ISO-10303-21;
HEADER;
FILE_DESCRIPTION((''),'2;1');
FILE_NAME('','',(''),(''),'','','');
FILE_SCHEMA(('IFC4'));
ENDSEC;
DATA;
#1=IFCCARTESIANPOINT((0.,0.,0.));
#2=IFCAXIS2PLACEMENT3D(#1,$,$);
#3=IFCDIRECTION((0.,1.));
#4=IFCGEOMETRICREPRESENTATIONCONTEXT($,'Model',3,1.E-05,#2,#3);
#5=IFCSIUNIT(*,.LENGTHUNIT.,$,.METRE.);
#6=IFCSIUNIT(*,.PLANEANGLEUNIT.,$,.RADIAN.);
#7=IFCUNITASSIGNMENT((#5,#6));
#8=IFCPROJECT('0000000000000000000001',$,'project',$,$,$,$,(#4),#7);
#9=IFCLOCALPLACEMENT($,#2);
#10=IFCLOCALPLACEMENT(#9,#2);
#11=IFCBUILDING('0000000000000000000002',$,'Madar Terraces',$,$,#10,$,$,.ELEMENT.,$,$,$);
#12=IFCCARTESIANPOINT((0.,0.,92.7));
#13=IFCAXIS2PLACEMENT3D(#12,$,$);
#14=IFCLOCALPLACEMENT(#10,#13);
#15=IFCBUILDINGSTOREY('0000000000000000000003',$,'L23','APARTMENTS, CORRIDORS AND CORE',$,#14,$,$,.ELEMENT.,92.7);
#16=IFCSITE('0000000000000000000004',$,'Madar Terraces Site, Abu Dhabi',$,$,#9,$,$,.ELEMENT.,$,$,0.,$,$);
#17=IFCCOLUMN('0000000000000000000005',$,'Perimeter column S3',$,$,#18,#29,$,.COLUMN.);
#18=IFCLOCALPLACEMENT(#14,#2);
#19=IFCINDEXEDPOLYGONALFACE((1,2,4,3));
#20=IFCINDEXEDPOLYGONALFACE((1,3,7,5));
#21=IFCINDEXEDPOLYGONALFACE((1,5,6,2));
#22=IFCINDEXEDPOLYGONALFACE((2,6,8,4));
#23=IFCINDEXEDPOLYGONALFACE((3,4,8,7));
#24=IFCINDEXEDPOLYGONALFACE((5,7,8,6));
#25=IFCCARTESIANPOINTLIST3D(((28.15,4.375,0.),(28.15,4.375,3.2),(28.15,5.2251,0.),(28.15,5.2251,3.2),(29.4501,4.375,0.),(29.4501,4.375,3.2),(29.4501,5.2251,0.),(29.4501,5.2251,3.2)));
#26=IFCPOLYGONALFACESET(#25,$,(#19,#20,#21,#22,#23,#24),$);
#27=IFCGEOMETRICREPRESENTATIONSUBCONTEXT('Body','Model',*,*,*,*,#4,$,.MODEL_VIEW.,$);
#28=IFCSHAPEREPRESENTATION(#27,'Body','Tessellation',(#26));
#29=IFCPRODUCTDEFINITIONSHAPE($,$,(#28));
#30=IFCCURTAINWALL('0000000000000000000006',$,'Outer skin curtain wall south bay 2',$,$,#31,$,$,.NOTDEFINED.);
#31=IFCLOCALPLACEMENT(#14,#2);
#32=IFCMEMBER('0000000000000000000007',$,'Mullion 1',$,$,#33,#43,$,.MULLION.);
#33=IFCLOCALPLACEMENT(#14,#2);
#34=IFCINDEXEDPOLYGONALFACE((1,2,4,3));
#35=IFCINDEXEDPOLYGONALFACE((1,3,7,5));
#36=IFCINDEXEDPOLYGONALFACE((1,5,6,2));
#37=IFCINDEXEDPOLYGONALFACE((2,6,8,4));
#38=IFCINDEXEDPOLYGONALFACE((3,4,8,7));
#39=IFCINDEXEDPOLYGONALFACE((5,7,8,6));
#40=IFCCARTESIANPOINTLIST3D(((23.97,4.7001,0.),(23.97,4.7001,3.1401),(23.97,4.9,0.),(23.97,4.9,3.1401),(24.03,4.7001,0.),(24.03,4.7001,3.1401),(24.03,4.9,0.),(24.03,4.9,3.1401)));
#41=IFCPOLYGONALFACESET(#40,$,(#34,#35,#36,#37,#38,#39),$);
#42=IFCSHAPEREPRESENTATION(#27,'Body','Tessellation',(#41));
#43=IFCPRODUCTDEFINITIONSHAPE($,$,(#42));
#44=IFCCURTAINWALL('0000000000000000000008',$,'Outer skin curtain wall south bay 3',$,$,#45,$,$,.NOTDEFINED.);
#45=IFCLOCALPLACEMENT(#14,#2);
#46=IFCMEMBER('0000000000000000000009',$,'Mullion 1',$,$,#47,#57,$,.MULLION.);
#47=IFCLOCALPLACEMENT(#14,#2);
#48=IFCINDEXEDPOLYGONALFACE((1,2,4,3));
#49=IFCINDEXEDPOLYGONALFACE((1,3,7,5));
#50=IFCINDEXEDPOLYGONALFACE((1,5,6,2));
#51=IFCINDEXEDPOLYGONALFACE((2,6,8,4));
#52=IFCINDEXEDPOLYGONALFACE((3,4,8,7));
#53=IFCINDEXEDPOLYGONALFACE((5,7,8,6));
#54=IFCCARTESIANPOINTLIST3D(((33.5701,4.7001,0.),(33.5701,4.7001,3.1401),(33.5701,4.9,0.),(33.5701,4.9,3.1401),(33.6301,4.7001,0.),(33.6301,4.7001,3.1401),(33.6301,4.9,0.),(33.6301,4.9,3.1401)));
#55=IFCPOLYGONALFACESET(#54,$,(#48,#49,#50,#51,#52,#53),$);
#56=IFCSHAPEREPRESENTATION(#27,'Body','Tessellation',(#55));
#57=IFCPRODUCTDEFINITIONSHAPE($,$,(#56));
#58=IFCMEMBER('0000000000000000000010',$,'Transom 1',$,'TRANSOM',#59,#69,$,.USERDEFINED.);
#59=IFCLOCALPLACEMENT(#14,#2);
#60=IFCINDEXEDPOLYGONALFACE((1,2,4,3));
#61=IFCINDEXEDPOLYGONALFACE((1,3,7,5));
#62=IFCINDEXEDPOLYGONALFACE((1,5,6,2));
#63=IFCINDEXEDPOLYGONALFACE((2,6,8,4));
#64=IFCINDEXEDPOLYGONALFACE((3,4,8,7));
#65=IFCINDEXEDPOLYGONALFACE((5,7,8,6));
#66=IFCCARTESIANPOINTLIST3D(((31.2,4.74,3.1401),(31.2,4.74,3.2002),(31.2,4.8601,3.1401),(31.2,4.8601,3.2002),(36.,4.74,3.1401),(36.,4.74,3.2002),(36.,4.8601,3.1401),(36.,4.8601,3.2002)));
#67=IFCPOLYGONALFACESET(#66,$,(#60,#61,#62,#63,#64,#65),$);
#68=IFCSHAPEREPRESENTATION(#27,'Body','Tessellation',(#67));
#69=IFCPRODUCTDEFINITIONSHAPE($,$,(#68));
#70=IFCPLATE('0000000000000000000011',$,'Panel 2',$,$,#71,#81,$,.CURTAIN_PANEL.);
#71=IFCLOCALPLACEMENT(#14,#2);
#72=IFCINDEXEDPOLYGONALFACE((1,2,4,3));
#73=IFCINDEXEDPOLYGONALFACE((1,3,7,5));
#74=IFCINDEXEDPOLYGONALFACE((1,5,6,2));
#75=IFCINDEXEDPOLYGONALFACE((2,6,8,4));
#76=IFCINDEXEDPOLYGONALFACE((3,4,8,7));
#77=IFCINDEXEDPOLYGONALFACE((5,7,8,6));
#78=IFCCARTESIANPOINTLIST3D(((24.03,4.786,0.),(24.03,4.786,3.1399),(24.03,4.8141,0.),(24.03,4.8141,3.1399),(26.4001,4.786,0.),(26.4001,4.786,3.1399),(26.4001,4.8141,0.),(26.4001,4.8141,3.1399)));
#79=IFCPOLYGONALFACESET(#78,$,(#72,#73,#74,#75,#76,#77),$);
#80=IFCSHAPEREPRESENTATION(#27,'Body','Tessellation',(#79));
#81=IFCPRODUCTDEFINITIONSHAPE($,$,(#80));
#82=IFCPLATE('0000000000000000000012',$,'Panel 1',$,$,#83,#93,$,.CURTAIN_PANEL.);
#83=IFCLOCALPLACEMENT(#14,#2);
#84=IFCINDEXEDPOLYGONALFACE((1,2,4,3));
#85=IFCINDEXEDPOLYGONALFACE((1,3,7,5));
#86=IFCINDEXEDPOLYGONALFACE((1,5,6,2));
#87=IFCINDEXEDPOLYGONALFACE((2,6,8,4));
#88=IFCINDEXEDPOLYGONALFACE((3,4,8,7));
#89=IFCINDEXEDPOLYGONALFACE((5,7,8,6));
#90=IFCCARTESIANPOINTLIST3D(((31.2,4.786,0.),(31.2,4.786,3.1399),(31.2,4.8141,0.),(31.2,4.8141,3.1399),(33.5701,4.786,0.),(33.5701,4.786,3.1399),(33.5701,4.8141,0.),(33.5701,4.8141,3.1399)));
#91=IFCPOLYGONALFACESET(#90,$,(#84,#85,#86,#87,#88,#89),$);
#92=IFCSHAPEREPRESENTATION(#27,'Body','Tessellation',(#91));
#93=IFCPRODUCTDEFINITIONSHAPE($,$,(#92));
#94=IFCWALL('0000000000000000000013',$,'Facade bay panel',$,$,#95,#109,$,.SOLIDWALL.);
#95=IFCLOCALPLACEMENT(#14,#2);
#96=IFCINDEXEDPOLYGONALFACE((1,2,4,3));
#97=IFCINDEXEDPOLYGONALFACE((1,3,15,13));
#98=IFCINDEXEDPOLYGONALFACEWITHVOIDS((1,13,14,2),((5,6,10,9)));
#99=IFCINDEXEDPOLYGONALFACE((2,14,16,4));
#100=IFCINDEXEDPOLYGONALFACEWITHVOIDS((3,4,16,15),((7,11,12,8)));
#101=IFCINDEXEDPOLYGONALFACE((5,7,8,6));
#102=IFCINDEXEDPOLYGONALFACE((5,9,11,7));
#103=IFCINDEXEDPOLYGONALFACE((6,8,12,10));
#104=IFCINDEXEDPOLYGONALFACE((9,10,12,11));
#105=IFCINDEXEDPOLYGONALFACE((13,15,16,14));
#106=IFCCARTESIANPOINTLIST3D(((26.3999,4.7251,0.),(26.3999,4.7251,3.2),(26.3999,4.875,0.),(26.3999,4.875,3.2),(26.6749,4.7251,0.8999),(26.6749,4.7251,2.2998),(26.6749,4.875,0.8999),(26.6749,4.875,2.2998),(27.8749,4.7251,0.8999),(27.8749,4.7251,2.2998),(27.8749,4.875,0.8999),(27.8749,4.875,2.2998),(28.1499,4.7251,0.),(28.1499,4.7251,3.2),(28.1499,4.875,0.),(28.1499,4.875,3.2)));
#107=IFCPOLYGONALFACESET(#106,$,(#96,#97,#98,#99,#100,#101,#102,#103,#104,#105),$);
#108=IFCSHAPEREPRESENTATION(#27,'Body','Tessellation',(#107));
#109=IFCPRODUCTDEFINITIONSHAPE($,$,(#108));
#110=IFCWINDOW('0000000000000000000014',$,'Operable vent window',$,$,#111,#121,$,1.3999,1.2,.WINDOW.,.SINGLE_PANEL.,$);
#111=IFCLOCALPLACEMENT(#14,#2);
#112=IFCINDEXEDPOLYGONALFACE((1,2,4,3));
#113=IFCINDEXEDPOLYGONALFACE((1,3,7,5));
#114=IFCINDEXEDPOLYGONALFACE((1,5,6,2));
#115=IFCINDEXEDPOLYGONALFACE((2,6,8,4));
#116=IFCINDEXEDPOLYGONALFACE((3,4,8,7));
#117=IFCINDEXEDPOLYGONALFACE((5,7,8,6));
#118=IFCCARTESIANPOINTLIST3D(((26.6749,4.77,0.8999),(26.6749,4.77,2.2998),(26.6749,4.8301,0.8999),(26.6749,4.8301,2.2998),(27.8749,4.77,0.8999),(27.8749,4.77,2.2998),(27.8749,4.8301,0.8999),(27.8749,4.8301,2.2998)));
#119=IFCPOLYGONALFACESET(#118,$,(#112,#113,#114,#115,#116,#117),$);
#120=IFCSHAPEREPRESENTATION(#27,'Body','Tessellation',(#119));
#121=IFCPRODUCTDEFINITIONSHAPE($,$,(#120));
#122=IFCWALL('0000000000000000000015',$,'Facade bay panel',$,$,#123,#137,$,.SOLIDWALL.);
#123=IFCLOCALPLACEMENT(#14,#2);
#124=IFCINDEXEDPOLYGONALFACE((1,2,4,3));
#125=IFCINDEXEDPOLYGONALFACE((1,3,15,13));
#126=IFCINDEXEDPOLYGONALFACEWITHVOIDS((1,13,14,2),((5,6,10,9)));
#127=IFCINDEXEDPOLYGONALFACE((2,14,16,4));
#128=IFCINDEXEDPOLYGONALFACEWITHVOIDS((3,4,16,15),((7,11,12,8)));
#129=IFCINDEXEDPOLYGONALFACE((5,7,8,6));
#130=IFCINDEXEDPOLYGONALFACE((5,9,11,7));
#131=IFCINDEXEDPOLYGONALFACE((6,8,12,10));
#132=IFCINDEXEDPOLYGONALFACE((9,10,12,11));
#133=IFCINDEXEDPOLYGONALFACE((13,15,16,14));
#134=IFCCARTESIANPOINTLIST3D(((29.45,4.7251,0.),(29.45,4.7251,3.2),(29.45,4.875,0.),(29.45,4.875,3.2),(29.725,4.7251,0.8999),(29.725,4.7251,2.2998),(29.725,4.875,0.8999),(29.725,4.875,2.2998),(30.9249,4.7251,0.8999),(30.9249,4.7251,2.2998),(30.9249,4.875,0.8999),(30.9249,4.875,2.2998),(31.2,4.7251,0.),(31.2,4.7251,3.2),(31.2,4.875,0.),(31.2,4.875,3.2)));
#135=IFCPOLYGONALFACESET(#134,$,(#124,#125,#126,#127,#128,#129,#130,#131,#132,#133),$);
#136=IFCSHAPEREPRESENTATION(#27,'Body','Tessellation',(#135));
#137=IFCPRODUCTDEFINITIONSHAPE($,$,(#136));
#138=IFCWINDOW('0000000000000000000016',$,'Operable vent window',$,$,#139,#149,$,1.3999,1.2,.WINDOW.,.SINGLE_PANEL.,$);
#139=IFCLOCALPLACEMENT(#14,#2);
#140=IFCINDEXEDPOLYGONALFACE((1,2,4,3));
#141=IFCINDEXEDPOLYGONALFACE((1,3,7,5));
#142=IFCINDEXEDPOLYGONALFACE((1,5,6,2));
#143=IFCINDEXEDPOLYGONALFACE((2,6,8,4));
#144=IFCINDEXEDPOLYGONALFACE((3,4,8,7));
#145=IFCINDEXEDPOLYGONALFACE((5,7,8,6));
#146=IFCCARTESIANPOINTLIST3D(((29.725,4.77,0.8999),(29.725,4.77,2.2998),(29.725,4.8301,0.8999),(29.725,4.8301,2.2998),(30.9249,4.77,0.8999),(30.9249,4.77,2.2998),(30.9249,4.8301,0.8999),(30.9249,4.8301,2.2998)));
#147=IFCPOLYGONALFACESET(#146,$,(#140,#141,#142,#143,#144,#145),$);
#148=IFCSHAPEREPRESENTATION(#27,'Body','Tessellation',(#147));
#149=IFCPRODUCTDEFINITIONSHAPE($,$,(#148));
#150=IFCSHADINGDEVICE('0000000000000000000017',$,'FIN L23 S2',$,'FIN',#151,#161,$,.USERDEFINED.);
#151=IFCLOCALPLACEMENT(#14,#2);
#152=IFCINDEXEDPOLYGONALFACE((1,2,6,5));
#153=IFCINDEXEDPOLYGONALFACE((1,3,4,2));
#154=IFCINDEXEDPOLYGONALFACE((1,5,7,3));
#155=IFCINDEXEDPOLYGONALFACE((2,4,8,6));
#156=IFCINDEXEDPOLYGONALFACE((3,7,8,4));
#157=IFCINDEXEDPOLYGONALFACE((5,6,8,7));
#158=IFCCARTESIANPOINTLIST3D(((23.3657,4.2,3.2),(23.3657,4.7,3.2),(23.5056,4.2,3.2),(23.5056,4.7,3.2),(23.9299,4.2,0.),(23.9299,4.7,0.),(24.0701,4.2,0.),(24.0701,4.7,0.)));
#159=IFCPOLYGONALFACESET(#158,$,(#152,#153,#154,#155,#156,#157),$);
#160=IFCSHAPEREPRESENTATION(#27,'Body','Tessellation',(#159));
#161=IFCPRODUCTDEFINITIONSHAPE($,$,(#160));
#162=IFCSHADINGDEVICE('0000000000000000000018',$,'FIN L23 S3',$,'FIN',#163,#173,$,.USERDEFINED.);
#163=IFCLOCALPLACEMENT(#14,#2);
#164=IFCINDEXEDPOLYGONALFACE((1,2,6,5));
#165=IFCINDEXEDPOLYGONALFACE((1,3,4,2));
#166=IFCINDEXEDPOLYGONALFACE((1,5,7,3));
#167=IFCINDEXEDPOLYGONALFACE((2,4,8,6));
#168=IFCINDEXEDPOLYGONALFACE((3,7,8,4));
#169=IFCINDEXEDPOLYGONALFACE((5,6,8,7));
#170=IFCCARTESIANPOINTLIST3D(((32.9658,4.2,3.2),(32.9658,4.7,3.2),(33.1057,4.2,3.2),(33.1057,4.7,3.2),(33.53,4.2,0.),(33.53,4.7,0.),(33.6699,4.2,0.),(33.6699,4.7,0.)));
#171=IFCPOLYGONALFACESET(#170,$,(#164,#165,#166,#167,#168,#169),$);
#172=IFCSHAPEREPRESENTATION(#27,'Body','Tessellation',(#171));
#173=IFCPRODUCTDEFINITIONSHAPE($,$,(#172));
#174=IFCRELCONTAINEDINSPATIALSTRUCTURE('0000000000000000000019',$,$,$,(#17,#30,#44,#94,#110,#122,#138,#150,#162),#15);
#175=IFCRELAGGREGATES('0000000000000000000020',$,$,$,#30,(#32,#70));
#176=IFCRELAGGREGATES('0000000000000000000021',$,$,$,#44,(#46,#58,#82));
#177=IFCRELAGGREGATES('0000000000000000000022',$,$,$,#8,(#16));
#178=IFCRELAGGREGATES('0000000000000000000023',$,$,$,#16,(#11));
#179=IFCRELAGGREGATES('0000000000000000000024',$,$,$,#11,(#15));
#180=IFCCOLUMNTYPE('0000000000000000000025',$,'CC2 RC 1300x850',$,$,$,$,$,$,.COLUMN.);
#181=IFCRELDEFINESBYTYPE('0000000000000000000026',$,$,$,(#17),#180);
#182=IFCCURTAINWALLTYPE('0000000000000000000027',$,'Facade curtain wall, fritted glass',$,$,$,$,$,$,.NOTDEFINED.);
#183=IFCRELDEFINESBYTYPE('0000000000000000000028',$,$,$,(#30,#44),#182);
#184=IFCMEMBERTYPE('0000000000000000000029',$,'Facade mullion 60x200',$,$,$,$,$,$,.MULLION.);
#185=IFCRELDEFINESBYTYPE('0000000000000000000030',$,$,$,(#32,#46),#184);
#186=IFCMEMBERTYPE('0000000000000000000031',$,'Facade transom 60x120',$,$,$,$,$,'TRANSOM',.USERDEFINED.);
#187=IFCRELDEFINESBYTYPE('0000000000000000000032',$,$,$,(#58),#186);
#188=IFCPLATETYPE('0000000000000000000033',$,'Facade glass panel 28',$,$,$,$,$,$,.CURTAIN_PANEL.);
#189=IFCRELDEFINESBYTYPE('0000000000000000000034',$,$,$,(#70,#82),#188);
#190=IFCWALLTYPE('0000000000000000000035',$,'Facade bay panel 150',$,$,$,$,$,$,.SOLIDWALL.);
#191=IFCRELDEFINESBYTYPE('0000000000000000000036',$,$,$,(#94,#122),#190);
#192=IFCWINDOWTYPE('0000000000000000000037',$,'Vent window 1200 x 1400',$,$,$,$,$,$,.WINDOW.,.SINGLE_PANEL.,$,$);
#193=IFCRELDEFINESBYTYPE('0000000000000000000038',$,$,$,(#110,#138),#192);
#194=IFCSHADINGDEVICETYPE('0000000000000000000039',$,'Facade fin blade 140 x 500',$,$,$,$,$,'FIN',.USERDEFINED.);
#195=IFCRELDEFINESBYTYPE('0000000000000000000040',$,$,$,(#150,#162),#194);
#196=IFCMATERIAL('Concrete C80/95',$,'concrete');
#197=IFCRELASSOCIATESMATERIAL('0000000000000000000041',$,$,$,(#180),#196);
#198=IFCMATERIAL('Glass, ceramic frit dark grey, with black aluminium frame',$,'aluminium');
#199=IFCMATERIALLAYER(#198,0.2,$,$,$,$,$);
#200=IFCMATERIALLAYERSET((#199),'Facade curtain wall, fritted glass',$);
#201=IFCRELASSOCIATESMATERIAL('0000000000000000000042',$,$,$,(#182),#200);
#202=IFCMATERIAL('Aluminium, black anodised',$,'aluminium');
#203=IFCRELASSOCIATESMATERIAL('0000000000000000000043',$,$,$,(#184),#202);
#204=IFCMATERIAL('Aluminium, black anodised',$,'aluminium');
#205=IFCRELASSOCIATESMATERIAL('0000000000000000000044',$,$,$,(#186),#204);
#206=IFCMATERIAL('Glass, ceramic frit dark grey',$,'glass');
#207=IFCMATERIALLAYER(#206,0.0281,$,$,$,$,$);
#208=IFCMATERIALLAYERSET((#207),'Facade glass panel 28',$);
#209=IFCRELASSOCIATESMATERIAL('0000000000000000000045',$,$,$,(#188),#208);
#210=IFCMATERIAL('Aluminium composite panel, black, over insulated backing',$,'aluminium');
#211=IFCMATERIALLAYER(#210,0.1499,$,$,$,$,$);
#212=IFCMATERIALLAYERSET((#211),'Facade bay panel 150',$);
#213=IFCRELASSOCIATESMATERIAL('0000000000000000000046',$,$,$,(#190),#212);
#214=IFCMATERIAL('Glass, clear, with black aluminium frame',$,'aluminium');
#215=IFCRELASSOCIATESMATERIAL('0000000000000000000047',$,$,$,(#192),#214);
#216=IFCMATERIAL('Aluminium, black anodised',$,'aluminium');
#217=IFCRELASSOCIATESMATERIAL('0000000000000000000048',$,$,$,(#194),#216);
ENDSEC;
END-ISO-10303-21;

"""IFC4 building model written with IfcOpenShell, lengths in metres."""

from ifc_helpers import new_model, si_unit, direction, frame, frame_2d, origin, origin_2d, place, context, subcontext, project, spatial, polyline, rectangle, outline, extrude, material, layer, layer_set, material_profile, profile_set, type_object, element, fill, aggregate, save


model = new_model("IFC4")

# Units and contexts
model_context = context("Model", 3, precision=1e-05, world=origin(), true_north=direction((0.0, 1.0)))
body_context = subcontext(model_context, "Body", "Model", "MODEL_VIEW")
ifc_project = project(units=[si_unit("LENGTHUNIT", "METRE"), si_unit("PLANEANGLEUNIT", "RADIAN")], contexts=[model_context])

# Site, building, storey
site_placement = place(None, origin())
site = spatial("IfcSite", under=ifc_project, at=site_placement, Name="Madar Terraces Site, Abu Dhabi", CompositionType="ELEMENT", RefElevation=0.0)
building_placement = place(site_placement, origin())
building = spatial("IfcBuilding", under=site, at=building_placement, Name="Madar Terraces", CompositionType="ELEMENT")
storey_placement = place(building_placement, frame((0.0, 0.0, 92.7)))
storey = spatial("IfcBuildingStorey", under=building, at=storey_placement, Name="L23", Description="APARTMENTS, CORRIDORS AND CORE", CompositionType="ELEMENT", Elevation=92.7)

# Column
ifc_material_1 = material(Name="Concrete C80/95", Category="concrete")
ifc_material_profile_1 = material_profile(ifc_material_1, rectangle(XDim=1.3, YDim=0.8501, at=origin_2d()), Name="CC2 RC 1300x850")
ifc_profile_set_1 = profile_set([ifc_material_profile_1], Name="Concrete C80/95")
column_type = type_object("IfcColumnType", Name="CC2 RC 1300x850", PredefinedType="COLUMN", material=ifc_profile_set_1)
column_placement = place(storey_placement, frame((28.8, 4.8, 0.0), z_axis=(0.0, 0.0, 1.0), x_axis=(1.0, 0.0, 0.0)))
element("IfcColumn", 1, at=column_placement, inside=storey, type_object=column_type, Name="Perimeter column S3", PredefinedType="COLUMN", context=body_context, shape_type="SweptSolid", body=[
    extrude(rectangle(XDim=1.3, YDim=0.8501, at=origin_2d()), origin(), (0.0, 0.0, 1.0), 3.2),
])

# Curtain wall, member
ifc_material_2 = material(Name="Glass, ceramic frit dark grey, with black aluminium frame", Category="aluminium")
ifc_layer_1 = layer(ifc_material_2, 0.2)
ifc_layer_set_1 = layer_set([ifc_layer_1], Name="Facade curtain wall, fritted glass")
curtain_wall_type = type_object("IfcCurtainWallType", Name="Facade curtain wall, fritted glass", PredefinedType="NOTDEFINED", material=ifc_layer_set_1)
curtain_wall_1_placement = place(storey_placement, origin())
curtain_wall_1 = element("IfcCurtainWall", 2, at=curtain_wall_1_placement, inside=storey, type_object=curtain_wall_type, Name="Outer skin curtain wall south bay 2", PredefinedType="NOTDEFINED")
ifc_material_3 = material(Name="Aluminium, black anodised", Category="aluminium")
ifc_material_profile_2 = material_profile(ifc_material_3, rectangle(XDim=0.2, YDim=0.0601, at=origin_2d()), Name="Facade mullion 60x200")
ifc_profile_set_2 = profile_set([ifc_material_profile_2], Name="Aluminium, black anodised")
member_type_1 = type_object("IfcMemberType", Name="Facade mullion 60x200", PredefinedType="MULLION", material=ifc_profile_set_2)
member_1_placement = place(storey_placement, frame((24.0, 4.8, 0.0), z_axis=(0.0, 0.0, 1.0), x_axis=(0.0, 1.0, 0.0)))
member_1 = element("IfcMember", 3, at=member_1_placement, type_object=member_type_1, Name="Mullion 1", PredefinedType="MULLION", context=body_context, shape_type="SweptSolid", body=[
    extrude(rectangle(XDim=0.2, YDim=0.0601, at=origin_2d()), origin(), (0.0, 0.0, 1.0), 3.1401),
])

# Curtain wall, members
curtain_wall_2_placement = place(storey_placement, origin())
curtain_wall_2 = element("IfcCurtainWall", 4, at=curtain_wall_2_placement, inside=storey, type_object=curtain_wall_type, Name="Outer skin curtain wall south bay 3", PredefinedType="NOTDEFINED")
member_2_placement = place(storey_placement, frame((33.6001, 4.8, 0.0), z_axis=(0.0, 0.0, 1.0), x_axis=(0.0, 1.0, 0.0)))
member_2 = element("IfcMember", 5, at=member_2_placement, type_object=member_type_1, Name="Mullion 1", PredefinedType="MULLION", context=body_context, shape_type="SweptSolid", body=[
    extrude(rectangle(XDim=0.2, YDim=0.0601, at=origin_2d()), origin(), (0.0, 0.0, 1.0), 3.1401),
])
ifc_material_4 = material(Name="Aluminium, black anodised", Category="aluminium")
ifc_material_profile_3 = material_profile(ifc_material_4, rectangle(XDim=0.1201, YDim=0.0601, at=origin_2d()), Name="Facade transom 60x120")
ifc_profile_set_3 = profile_set([ifc_material_profile_3], Name="Aluminium, black anodised")
member_type_2 = type_object("IfcMemberType", Name="Facade transom 60x120", ElementType="TRANSOM", PredefinedType="USERDEFINED", material=ifc_profile_set_3)
member_3_placement = place(storey_placement, frame((31.2, 4.8, 3.1702), z_axis=(1.0, 0.0, 0.0), x_axis=(0.0, 1.0, 0.0)))
member_3 = element("IfcMember", 6, at=member_3_placement, type_object=member_type_2, Name="Transom 1", ObjectType="TRANSOM", PredefinedType="USERDEFINED", context=body_context, shape_type="SweptSolid", body=[
    extrude(rectangle(XDim=0.1201, YDim=0.0601, at=origin_2d()), origin(), (0.0, 0.0, 1.0), 4.8),
])

# Plates
ifc_material_5 = material(Name="Glass, ceramic frit dark grey", Category="glass")
ifc_layer_2 = layer(ifc_material_5, 0.0281)
ifc_layer_set_2 = layer_set([ifc_layer_2], Name="Facade glass panel 28")
plate_type = type_object("IfcPlateType", Name="Facade glass panel 28", PredefinedType="CURTAIN_PANEL", material=ifc_layer_set_2)
plate_1_placement = place(storey_placement, frame((25.2151, 4.8, 0.0), z_axis=(0.0, 0.0, 1.0), x_axis=(1.0, 0.0, 0.0)))
plate_1 = element("IfcPlate", 7, at=plate_1_placement, type_object=plate_type, Name="Panel 2", PredefinedType="CURTAIN_PANEL", context=body_context, shape_type="SweptSolid", body=[
    extrude(rectangle(XDim=2.3701, YDim=0.0281, at=origin_2d()), origin(), (0.0, 0.0, 1.0), 3.1399),
])
aggregate(curtain_wall_1, [member_1, plate_1])
plate_2_placement = place(storey_placement, frame((32.385, 4.8, 0.0), z_axis=(0.0, 0.0, 1.0), x_axis=(1.0, 0.0, 0.0)))
plate_2 = element("IfcPlate", 8, at=plate_2_placement, type_object=plate_type, Name="Panel 1", PredefinedType="CURTAIN_PANEL", context=body_context, shape_type="SweptSolid", body=[
    extrude(rectangle(XDim=2.3701, YDim=0.0281, at=origin_2d()), origin(), (0.0, 0.0, 1.0), 3.1399),
])
aggregate(curtain_wall_2, [member_2, member_3, plate_2])

# Walls, openings, windows
ifc_material_6 = material(Name="Aluminium composite panel, black, over insulated backing", Category="aluminium")
ifc_layer_3 = layer(ifc_material_6, 0.1499)
ifc_layer_set_3 = layer_set([ifc_layer_3], Name="Facade bay panel 150")
wall_type = type_object("IfcWallType", Name="Facade bay panel 150", PredefinedType="SOLIDWALL", material=ifc_layer_set_3)
wall_1_placement = place(storey_placement, frame((26.3999, 4.8, 0.0), z_axis=(0.0, 0.0, 1.0), x_axis=(1.0, 0.0, 0.0)))
wall_1 = element("IfcWall", 9, at=wall_1_placement, inside=storey, type_object=wall_type, Name="Facade bay panel", PredefinedType="SOLIDWALL", context=body_context, shape_type="SweptSolid", body=[
    extrude(rectangle(XDim=1.75, YDim=0.1499, at=frame_2d((0.875, 0.0))), origin(), (0.0, 0.0, 1.0), 3.2),
])
opening_1_placement = place(wall_1_placement, frame((0.2749, 0.0, 0.8999)))
opening_1 = element("IfcOpeningElement", 10, at=opening_1_placement, cuts=wall_1, PredefinedType="OPENING", context=body_context, shape_type="SweptSolid", body=[
    extrude(rectangle(XDim=1.2, YDim=1.3999, at=frame_2d((0.6001, 0.7))), frame((0.0, 0.085, 0.0), z_axis=(0.0, -1.0, 0.0), x_axis=(1.0, 0.0, 0.0)), (0.0, 0.0, 1.0), 0.1699),
])
ifc_material_7 = material(Name="Glass, clear, with black aluminium frame", Category="aluminium")
window_type = type_object("IfcWindowType", Name="Vent window 1200 x 1400", PartitioningType="SINGLE_PANEL", PredefinedType="WINDOW", material=ifc_material_7)
window_1_placement = place(opening_1_placement, origin())
window_1 = element("IfcWindow", 11, at=window_1_placement, inside=storey, type_object=window_type, Name="Operable vent window", OverallHeight=1.3999, OverallWidth=1.2, PartitioningType="SINGLE_PANEL", PredefinedType="WINDOW", context=body_context, shape_type="SweptSolid", body=[
    extrude(rectangle(XDim=1.2, YDim=1.3999, at=frame_2d((0.6001, 0.7))), frame((0.0, 0.03, 0.0), z_axis=(0.0, -1.0, 0.0), x_axis=(1.0, 0.0, 0.0)), (0.0, 0.0, 1.0), 0.0601),
])
fill(opening_1, window_1)
wall_2_placement = place(storey_placement, frame((29.45, 4.8, 0.0), z_axis=(0.0, 0.0, 1.0), x_axis=(1.0, 0.0, 0.0)))
wall_2 = element("IfcWall", 12, at=wall_2_placement, inside=storey, type_object=wall_type, Name="Facade bay panel", PredefinedType="SOLIDWALL", context=body_context, shape_type="SweptSolid", body=[
    extrude(rectangle(XDim=1.75, YDim=0.1499, at=frame_2d((0.875, 0.0))), origin(), (0.0, 0.0, 1.0), 3.2),
])
opening_2_placement = place(wall_2_placement, frame((0.2749, 0.0, 0.8999)))
opening_2 = element("IfcOpeningElement", 13, at=opening_2_placement, cuts=wall_2, PredefinedType="OPENING", context=body_context, shape_type="SweptSolid", body=[
    extrude(rectangle(XDim=1.2, YDim=1.3999, at=frame_2d((0.6001, 0.7))), frame((0.0, 0.085, 0.0), z_axis=(0.0, -1.0, 0.0), x_axis=(1.0, 0.0, 0.0)), (0.0, 0.0, 1.0), 0.1699),
])
window_2_placement = place(opening_2_placement, origin())
window_2 = element("IfcWindow", 14, at=window_2_placement, inside=storey, type_object=window_type, Name="Operable vent window", OverallHeight=1.3999, OverallWidth=1.2, PartitioningType="SINGLE_PANEL", PredefinedType="WINDOW", context=body_context, shape_type="SweptSolid", body=[
    extrude(rectangle(XDim=1.2, YDim=1.3999, at=frame_2d((0.6001, 0.7))), frame((0.0, 0.03, 0.0), z_axis=(0.0, -1.0, 0.0), x_axis=(1.0, 0.0, 0.0)), (0.0, 0.0, 1.0), 0.0601),
])
fill(opening_2, window_2)

# Shading devices
ifc_material_8 = material(Name="Aluminium, black anodised", Category="aluminium")
shading_device_type = type_object("IfcShadingDeviceType", Name="Facade fin blade 140 x 500", ElementType="FIN", PredefinedType="USERDEFINED", material=ifc_material_8)
shading_device_1_placement = place(storey_placement, frame((23.9299, 4.45, 0.0), z_axis=(0.0, 0.0, 1.0), x_axis=(1.0, 0.0, 0.0)))
element("IfcShadingDevice", 15, at=shading_device_1_placement, inside=storey, type_object=shading_device_type, Name="FIN L23 S2", ObjectType="FIN", PredefinedType="USERDEFINED", context=body_context, shape_type="SweptSolid", body=[
    extrude(outline(polyline([(0.0, 0.0), (0.1401, 0.0), (-0.4243, 3.2), (-0.5642, 3.2), (0.0, 0.0)])), frame((0.0, 0.25, 0.0), z_axis=(0.0, -1.0, 0.0), x_axis=(1.0, 0.0, 0.0)), (0.0, 0.0, 1.0), 0.5),
])
shading_device_2_placement = place(storey_placement, frame((33.53, 4.45, 0.0), z_axis=(0.0, 0.0, 1.0), x_axis=(1.0, 0.0, 0.0)))
element("IfcShadingDevice", 16, at=shading_device_2_placement, inside=storey, type_object=shading_device_type, Name="FIN L23 S3", ObjectType="FIN", PredefinedType="USERDEFINED", context=body_context, shape_type="SweptSolid", body=[
    extrude(outline(polyline([(0.0, 0.0), (0.1399, 0.0), (-0.4243, 3.2), (-0.5642, 3.2), (0.0, 0.0)])), frame((0.0, 0.25, 0.0), z_axis=(0.0, -1.0, 0.0), x_axis=(1.0, 0.0, 0.0)), (0.0, 0.0, 1.0), 0.5),
])

save(model, "model.ifc")
